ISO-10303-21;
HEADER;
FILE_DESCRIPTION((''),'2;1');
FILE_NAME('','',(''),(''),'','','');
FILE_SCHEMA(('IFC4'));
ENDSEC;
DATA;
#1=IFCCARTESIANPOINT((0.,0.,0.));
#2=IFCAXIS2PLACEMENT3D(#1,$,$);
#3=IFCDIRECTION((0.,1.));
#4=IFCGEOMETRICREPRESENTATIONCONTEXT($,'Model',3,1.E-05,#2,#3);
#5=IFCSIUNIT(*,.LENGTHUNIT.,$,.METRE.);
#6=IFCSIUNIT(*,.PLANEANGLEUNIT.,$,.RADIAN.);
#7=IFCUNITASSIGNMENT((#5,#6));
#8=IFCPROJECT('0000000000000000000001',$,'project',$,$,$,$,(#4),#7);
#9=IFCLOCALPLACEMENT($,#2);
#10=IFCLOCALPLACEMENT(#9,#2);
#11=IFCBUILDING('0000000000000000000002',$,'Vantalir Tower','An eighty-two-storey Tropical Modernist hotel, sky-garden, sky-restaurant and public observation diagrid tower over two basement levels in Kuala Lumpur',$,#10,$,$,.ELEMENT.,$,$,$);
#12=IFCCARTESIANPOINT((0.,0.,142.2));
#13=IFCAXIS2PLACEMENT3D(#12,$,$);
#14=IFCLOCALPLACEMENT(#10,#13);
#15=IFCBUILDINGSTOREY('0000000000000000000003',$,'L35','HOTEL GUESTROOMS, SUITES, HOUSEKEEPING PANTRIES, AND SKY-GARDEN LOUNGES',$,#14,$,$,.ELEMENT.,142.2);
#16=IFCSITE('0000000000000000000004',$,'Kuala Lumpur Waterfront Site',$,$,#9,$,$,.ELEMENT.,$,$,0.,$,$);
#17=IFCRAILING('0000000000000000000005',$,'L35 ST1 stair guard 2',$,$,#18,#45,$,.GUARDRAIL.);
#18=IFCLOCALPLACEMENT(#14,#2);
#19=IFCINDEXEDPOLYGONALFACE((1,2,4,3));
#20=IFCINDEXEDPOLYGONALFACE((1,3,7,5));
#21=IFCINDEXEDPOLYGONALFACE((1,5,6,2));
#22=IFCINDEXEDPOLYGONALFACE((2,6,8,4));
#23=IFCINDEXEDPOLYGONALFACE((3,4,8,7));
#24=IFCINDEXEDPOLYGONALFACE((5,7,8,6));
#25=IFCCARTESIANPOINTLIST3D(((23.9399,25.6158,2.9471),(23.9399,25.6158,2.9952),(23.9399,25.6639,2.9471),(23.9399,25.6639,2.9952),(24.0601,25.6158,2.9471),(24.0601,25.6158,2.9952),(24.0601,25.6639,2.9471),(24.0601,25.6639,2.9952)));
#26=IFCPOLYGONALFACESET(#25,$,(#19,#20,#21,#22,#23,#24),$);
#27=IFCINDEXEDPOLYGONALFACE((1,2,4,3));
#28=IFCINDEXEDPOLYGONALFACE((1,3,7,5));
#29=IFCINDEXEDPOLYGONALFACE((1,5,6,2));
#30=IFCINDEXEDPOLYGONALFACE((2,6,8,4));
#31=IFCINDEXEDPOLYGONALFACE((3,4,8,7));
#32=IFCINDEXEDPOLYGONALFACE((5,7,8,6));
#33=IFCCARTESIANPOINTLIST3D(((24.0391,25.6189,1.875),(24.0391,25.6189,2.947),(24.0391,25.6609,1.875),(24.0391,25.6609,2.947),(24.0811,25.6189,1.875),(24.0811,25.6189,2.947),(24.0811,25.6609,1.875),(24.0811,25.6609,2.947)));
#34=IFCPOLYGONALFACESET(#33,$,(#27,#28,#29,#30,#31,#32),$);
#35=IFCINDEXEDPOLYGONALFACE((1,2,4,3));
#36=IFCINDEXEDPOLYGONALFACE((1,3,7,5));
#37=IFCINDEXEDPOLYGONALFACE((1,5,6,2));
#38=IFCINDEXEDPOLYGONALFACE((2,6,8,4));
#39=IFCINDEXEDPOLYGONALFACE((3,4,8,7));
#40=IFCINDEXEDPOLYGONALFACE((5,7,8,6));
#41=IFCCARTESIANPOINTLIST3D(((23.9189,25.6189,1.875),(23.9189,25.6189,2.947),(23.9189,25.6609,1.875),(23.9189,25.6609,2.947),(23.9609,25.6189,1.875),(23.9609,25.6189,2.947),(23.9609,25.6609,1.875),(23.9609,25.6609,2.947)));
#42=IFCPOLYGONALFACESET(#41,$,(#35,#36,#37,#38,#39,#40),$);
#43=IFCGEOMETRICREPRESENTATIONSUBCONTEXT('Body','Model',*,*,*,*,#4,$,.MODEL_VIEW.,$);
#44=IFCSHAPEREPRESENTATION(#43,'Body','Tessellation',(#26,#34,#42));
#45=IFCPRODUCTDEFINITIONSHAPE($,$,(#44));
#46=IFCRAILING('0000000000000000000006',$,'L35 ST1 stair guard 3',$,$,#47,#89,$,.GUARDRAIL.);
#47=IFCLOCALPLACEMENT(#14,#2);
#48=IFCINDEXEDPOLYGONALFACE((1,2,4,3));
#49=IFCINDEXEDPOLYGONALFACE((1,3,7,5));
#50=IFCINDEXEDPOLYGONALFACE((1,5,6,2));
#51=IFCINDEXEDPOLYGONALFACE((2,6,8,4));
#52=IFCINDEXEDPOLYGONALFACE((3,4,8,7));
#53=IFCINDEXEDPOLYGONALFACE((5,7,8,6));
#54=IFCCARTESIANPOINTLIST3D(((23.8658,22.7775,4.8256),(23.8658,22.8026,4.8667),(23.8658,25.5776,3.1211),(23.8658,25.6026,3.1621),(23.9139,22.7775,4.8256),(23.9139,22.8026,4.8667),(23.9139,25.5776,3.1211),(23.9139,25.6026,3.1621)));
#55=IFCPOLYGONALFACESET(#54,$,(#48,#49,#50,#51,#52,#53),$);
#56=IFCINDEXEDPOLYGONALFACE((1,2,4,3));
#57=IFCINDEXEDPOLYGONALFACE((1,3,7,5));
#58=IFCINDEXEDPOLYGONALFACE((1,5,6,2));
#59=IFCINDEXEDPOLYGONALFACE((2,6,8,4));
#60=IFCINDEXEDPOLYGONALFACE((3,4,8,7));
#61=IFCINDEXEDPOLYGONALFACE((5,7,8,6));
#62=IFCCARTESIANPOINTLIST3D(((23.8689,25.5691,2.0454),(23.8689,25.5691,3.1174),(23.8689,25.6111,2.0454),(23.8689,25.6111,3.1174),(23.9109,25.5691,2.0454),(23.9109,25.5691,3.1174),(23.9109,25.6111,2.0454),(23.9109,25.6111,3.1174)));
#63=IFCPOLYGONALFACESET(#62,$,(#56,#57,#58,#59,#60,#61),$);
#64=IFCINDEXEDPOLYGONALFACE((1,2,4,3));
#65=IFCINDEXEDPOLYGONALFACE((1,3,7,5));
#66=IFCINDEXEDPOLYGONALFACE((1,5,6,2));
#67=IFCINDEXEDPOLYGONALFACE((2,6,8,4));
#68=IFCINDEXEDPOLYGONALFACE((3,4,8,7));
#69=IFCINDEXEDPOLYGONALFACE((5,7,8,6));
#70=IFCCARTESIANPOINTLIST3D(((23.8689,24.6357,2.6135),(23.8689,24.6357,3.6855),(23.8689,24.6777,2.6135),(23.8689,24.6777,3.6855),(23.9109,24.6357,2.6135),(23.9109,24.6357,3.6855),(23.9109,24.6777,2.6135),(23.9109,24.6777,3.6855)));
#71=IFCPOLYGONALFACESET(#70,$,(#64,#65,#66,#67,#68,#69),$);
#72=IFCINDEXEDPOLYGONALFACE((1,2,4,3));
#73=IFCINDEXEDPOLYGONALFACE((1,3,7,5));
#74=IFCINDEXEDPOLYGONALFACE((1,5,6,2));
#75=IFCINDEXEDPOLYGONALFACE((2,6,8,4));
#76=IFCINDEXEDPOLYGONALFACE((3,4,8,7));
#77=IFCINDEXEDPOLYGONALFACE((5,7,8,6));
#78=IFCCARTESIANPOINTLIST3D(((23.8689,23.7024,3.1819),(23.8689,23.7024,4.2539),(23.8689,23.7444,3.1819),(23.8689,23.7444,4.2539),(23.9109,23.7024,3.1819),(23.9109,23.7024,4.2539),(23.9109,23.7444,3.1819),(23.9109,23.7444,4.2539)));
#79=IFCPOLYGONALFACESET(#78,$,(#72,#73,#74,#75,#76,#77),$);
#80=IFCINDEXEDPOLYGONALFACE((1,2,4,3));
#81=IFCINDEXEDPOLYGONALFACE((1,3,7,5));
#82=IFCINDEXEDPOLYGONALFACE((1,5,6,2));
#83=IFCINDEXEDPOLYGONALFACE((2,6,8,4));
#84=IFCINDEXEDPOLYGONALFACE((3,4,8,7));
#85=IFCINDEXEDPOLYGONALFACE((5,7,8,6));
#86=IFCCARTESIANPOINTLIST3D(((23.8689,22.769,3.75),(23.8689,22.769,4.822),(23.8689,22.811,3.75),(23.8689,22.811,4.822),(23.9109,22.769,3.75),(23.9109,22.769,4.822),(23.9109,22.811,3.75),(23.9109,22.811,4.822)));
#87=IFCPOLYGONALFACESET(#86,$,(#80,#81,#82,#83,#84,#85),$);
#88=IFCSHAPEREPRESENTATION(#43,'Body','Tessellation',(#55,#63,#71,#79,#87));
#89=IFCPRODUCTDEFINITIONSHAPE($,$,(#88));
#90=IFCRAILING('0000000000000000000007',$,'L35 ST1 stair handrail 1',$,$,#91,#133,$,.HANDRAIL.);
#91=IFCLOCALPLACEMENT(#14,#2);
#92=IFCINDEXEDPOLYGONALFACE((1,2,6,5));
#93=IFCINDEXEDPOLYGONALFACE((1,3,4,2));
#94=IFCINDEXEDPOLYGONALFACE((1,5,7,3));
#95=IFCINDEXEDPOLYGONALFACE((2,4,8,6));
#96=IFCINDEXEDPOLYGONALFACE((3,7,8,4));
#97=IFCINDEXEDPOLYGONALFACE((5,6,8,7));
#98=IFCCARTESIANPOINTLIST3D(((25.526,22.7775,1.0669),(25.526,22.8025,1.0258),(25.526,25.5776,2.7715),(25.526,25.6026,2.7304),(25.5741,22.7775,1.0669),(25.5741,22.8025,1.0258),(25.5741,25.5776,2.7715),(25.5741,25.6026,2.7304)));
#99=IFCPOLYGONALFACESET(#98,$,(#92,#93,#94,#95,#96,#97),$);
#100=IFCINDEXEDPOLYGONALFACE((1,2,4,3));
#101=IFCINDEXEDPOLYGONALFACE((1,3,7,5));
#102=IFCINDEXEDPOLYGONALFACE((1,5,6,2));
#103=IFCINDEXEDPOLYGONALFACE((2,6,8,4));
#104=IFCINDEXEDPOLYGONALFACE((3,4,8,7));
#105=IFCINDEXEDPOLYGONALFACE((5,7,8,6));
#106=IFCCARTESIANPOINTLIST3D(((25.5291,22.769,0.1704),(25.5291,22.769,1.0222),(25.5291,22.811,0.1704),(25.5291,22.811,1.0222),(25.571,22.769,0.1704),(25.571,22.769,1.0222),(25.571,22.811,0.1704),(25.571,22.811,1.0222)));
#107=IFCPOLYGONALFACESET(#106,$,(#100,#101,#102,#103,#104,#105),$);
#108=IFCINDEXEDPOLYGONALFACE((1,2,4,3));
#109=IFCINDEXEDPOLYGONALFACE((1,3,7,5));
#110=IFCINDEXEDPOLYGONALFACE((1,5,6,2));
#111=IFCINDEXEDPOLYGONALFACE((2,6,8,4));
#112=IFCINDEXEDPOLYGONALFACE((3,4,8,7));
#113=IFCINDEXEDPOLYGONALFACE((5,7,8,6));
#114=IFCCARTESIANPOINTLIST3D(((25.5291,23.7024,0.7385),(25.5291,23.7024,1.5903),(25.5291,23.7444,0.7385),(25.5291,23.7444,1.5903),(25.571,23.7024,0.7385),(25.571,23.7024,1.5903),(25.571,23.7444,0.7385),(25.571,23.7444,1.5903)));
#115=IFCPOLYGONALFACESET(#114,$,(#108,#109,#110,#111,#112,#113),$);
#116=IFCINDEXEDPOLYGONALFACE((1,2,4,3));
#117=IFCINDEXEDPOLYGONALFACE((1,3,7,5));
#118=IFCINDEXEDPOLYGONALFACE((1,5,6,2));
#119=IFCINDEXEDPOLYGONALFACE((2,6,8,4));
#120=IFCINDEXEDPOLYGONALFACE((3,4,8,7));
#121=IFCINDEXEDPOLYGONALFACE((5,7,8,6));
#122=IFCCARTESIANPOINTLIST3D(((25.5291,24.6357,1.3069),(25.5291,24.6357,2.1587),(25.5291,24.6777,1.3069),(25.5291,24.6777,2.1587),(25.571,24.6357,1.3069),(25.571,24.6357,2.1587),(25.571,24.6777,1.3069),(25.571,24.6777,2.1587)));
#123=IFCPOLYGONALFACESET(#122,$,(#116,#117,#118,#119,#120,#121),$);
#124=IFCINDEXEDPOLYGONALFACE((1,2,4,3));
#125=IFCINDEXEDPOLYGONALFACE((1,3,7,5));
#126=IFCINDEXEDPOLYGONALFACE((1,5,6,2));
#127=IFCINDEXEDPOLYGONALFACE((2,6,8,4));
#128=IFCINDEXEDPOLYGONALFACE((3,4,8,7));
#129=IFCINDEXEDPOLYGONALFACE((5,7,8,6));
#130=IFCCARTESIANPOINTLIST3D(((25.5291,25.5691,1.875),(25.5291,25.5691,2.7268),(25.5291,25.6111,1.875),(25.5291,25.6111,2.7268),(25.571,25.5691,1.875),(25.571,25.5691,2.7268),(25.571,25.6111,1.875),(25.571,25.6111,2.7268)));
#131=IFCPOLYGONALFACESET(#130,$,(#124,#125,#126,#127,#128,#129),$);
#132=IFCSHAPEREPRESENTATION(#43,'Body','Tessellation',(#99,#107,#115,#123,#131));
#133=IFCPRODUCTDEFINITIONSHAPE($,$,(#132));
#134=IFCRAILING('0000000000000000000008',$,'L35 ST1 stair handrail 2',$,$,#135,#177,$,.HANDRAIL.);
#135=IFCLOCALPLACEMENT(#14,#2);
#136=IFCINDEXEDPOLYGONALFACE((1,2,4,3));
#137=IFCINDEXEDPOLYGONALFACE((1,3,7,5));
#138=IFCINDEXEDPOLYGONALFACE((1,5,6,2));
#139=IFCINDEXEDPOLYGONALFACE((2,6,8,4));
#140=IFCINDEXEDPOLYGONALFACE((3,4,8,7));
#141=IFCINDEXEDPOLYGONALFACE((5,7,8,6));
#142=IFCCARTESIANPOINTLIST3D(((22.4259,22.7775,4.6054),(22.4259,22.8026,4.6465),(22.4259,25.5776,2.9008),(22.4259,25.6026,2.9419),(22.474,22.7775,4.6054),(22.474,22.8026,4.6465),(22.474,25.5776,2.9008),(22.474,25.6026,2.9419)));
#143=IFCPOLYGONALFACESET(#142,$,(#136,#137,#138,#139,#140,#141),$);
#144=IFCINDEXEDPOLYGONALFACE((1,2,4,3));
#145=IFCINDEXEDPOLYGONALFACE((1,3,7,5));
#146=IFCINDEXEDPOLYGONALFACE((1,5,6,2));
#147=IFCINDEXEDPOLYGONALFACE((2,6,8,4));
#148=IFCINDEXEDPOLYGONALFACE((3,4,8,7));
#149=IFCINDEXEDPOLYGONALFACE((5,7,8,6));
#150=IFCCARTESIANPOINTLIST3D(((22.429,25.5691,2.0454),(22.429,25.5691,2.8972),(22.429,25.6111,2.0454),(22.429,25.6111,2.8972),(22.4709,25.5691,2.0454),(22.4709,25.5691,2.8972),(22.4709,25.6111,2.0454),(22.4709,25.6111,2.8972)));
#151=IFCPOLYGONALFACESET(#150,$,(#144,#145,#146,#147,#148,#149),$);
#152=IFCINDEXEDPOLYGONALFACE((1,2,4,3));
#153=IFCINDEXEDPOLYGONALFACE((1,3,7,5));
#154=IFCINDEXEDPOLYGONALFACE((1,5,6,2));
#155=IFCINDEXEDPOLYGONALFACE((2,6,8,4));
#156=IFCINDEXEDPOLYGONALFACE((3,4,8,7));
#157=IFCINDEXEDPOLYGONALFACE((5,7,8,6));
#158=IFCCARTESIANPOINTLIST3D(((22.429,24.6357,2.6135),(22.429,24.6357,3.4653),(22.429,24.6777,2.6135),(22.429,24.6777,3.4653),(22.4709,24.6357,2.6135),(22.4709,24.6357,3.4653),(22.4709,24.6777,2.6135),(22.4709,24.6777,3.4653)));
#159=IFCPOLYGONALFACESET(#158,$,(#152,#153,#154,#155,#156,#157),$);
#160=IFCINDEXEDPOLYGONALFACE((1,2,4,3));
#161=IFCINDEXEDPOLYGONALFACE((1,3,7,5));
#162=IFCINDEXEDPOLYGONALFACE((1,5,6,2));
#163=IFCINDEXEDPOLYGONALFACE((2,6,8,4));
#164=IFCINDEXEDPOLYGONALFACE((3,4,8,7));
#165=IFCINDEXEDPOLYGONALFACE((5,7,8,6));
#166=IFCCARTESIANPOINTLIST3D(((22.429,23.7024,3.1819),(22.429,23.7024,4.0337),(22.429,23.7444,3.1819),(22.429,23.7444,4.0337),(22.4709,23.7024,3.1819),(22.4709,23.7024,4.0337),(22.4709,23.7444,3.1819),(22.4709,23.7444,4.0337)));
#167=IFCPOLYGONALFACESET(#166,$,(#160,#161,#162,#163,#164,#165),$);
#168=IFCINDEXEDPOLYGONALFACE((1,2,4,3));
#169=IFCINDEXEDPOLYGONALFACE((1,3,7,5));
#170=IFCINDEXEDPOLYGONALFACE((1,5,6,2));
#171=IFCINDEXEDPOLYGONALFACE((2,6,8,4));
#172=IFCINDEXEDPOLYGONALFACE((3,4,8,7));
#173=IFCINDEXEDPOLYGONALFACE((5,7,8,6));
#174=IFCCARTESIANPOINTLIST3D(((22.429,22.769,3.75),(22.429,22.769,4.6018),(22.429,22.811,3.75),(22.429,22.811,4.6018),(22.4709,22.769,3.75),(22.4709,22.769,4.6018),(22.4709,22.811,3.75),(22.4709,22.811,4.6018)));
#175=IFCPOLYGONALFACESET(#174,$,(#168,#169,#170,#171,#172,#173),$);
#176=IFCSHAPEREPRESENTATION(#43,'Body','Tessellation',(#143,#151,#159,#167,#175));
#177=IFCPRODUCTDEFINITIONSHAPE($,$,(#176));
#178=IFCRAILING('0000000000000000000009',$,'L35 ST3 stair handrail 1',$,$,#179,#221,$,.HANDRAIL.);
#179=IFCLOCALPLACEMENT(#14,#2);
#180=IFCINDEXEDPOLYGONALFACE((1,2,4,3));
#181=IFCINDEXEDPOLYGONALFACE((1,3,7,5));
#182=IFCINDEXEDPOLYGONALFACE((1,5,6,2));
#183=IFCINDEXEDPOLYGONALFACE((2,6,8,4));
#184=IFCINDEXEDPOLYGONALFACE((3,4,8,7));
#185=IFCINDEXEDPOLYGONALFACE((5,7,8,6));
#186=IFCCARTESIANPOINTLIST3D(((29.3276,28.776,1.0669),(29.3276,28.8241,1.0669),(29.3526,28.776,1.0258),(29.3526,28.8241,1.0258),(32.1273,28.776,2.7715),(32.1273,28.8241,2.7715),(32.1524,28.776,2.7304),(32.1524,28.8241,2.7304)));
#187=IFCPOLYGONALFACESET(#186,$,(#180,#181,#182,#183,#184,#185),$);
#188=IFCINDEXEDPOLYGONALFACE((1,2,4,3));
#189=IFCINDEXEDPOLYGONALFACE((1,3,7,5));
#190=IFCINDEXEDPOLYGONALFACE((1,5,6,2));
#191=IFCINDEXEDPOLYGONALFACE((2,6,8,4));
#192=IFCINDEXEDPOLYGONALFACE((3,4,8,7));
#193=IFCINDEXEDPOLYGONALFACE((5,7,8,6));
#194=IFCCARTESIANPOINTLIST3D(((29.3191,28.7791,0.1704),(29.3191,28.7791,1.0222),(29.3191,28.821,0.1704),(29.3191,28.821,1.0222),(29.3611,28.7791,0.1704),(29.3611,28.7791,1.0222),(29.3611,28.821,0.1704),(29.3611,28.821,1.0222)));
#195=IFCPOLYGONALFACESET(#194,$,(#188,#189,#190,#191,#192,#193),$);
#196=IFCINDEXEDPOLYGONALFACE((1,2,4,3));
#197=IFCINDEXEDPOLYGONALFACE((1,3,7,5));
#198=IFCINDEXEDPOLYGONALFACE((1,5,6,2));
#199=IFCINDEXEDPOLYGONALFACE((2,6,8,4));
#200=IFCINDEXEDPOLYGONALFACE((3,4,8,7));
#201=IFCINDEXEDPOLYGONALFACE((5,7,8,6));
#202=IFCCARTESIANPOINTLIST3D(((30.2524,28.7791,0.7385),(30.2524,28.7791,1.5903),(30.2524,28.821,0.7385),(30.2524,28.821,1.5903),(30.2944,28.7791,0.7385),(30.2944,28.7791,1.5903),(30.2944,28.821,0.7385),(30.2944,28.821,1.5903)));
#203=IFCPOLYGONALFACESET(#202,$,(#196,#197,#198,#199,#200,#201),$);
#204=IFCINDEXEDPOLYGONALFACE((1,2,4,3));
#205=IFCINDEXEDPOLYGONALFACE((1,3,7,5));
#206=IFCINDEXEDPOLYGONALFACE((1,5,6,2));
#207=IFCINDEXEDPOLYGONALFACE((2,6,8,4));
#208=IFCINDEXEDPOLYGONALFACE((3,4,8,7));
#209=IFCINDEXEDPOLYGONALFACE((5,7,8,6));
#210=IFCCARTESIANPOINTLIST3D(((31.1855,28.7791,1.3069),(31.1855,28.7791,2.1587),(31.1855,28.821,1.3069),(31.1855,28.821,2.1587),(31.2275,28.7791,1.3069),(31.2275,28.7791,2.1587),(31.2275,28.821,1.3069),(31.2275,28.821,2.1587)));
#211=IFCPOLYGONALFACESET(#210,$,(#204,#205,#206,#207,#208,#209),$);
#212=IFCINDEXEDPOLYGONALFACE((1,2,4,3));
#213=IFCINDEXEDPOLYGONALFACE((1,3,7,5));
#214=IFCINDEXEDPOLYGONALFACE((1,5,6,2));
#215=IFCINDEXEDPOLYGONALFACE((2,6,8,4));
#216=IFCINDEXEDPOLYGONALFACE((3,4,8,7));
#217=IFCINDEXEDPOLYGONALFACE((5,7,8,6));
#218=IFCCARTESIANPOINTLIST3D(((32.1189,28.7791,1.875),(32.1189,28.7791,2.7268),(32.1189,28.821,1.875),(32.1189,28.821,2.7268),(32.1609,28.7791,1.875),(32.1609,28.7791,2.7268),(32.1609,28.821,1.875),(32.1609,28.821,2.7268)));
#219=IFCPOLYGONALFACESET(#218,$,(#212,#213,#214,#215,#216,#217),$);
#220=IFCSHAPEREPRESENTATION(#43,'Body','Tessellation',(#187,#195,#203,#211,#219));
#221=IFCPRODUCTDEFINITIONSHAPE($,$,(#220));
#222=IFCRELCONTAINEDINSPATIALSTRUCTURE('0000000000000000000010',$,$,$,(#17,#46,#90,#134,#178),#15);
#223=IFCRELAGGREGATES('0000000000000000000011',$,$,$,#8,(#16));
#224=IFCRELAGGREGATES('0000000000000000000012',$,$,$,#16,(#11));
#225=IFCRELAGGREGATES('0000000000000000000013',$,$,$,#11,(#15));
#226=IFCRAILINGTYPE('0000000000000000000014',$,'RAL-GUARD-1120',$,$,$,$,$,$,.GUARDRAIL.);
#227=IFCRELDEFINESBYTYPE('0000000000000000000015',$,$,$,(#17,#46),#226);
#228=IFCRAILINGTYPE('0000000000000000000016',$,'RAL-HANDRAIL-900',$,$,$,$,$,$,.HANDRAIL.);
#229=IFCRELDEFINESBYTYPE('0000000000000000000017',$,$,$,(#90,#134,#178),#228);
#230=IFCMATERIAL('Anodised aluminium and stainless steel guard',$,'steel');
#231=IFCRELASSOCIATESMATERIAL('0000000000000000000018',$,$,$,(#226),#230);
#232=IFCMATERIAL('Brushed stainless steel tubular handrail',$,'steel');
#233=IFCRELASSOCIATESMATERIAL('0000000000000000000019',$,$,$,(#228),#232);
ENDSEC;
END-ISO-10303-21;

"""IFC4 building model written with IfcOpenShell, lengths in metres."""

from ifc_helpers import new_model, si_unit, direction, frame, origin, origin_2d, place, context, subcontext, project, spatial, rectangle, extrude, material, type_object, element, save


model = new_model("IFC4")

# Units and contexts
model_context = context("Model", 3, precision=1e-05, world=origin(), true_north=direction((0.0, 1.0)))
body_context = subcontext(model_context, "Body", "Model", "MODEL_VIEW")
ifc_project = project(units=[si_unit("LENGTHUNIT", "METRE"), si_unit("PLANEANGLEUNIT", "RADIAN")], contexts=[model_context])

# Site, building, storey
site_placement = place(None, origin())
site = spatial("IfcSite", under=ifc_project, at=site_placement, Name="Kuala Lumpur Waterfront Site", CompositionType="ELEMENT", RefElevation=0.0)
building_placement = place(site_placement, origin())
building = spatial("IfcBuilding", under=site, at=building_placement, Name="Vantalir Tower", Description="An eighty-two-storey Tropical Modernist hotel, sky-garden, sky-restaurant and public observation diagrid tower over two basement levels in Kuala Lumpur", CompositionType="ELEMENT")
storey_placement = place(building_placement, frame((0.0, 0.0, 142.2)))
storey = spatial("IfcBuildingStorey", under=building, at=storey_placement, Name="L35", Description="HOTEL GUESTROOMS, SUITES, HOUSEKEEPING PANTRIES, AND SKY-GARDEN LOUNGES", CompositionType="ELEMENT", Elevation=142.2)

# Railings
ifc_material_1 = material(Name="Anodised aluminium and stainless steel guard", Category="steel")
railing_type_1 = type_object("IfcRailingType", Name="RAL-GUARD-1120", PredefinedType="GUARDRAIL", material=ifc_material_1)
railing_1_placement = place(storey_placement, frame((24.0601, 25.6399, 1.875)))
element("IfcRailing", 1, at=railing_1_placement, inside=storey, type_object=railing_type_1, Name="L35 ST1 stair guard 2", PredefinedType="GUARDRAIL", context=body_context, shape_type="SweptSolid", body=[
    extrude(rectangle(XDim=0.0481, YDim=0.0481, at=origin_2d()), frame((0.0, 0.0, 1.0962), z_axis=(-1.0, 0.0, 0.0), x_axis=(0.0, -1.0, 0.0)), (0.0, 0.0, 1.0), 0.1201),
    extrude(rectangle(XDim=0.042, YDim=0.042, at=origin_2d()), origin(), (0.0, 0.0, 1.0), 1.072),
    extrude(rectangle(XDim=0.042, YDim=0.042, at=origin_2d()), frame((-0.1201, 0.0, 0.0)), (0.0, 0.0, 1.0), 1.072),
])
railing_2_placement = place(storey_placement, frame((23.8899, 25.5901, 2.0454)))
element("IfcRailing", 2, at=railing_2_placement, inside=storey, type_object=railing_type_1, Name="L35 ST1 stair guard 3", PredefinedType="GUARDRAIL", context=body_context, shape_type="SweptSolid", body=[
    extrude(rectangle(XDim=0.0481, YDim=0.0481, at=origin_2d()), frame((0.0, 0.0, 1.0962), z_axis=(0.0, -0.85417, 0.519994), x_axis=(1.0, 0.0, 0.0)), (0.0, 0.0, 1.0), 3.2781),
    extrude(rectangle(XDim=0.042, YDim=0.042, at=origin_2d()), origin(), (0.0, 0.0, 1.0), 1.072),
    extrude(rectangle(XDim=0.042, YDim=0.042, at=origin_2d()), frame((0.0, -0.9333, 0.5681)), (0.0, 0.0, 1.0), 1.072),
    extrude(rectangle(XDim=0.042, YDim=0.042, at=origin_2d()), frame((0.0, -1.8667, 1.1365)), (0.0, 0.0, 1.0), 1.072),
    extrude(rectangle(XDim=0.042, YDim=0.042, at=origin_2d()), frame((0.0, -2.8, 1.7046)), (0.0, 0.0, 1.0), 1.072),
])
ifc_material_2 = material(Name="Brushed stainless steel tubular handrail", Category="steel")
railing_type_2 = type_object("IfcRailingType", Name="RAL-HANDRAIL-900", PredefinedType="HANDRAIL", material=ifc_material_2)
railing_3_placement = place(storey_placement, frame((25.55, 22.79, 0.1704)))
element("IfcRailing", 3, at=railing_3_placement, inside=storey, type_object=railing_type_2, Name="L35 ST1 stair handrail 1", PredefinedType="HANDRAIL", context=body_context, shape_type="SweptSolid", body=[
    extrude(rectangle(XDim=0.0481, YDim=0.0481, at=origin_2d()), frame((0.0, 0.0, 0.876), z_axis=(0.0, 0.85417, 0.519994), x_axis=(-1.0, 0.0, 0.0)), (0.0, 0.0, 1.0), 3.2781),
    extrude(rectangle(XDim=0.042, YDim=0.042, at=origin_2d()), origin(), (0.0, 0.0, 1.0), 0.8518),
    extrude(rectangle(XDim=0.042, YDim=0.042, at=origin_2d()), frame((0.0, 0.9333, 0.5681)), (0.0, 0.0, 1.0), 0.8518),
    extrude(rectangle(XDim=0.042, YDim=0.042, at=origin_2d()), frame((0.0, 1.8667, 1.1365)), (0.0, 0.0, 1.0), 0.8518),
    extrude(rectangle(XDim=0.042, YDim=0.042, at=origin_2d()), frame((0.0, 2.8, 1.7046)), (0.0, 0.0, 1.0), 0.8518),
])
railing_4_placement = place(storey_placement, frame((22.45, 25.5901, 2.0454)))
element("IfcRailing", 4, at=railing_4_placement, inside=storey, type_object=railing_type_2, Name="L35 ST1 stair handrail 2", PredefinedType="HANDRAIL", context=body_context, shape_type="SweptSolid", body=[
    extrude(rectangle(XDim=0.0481, YDim=0.0481, at=origin_2d()), frame((0.0, 0.0, 0.876), z_axis=(0.0, -0.85417, 0.519994), x_axis=(1.0, 0.0, 0.0)), (0.0, 0.0, 1.0), 3.2781),
    extrude(rectangle(XDim=0.042, YDim=0.042, at=origin_2d()), origin(), (0.0, 0.0, 1.0), 0.8518),
    extrude(rectangle(XDim=0.042, YDim=0.042, at=origin_2d()), frame((0.0, -0.9333, 0.5681)), (0.0, 0.0, 1.0), 0.8518),
    extrude(rectangle(XDim=0.042, YDim=0.042, at=origin_2d()), frame((0.0, -1.8667, 1.1365)), (0.0, 0.0, 1.0), 0.8518),
    extrude(rectangle(XDim=0.042, YDim=0.042, at=origin_2d()), frame((0.0, -2.8, 1.7046)), (0.0, 0.0, 1.0), 0.8518),
])
railing_5_placement = place(storey_placement, frame((29.3401, 28.8, 0.1704)))
element("IfcRailing", 5, at=railing_5_placement, inside=storey, type_object=railing_type_2, Name="L35 ST3 stair handrail 1", PredefinedType="HANDRAIL", context=body_context, shape_type="SweptSolid", body=[
    extrude(rectangle(XDim=0.0481, YDim=0.0481, at=origin_2d()), frame((0.0, 0.0, 0.876), z_axis=(0.85415, 0.0, 0.520027), x_axis=(0.0, 1.0, 0.0)), (0.0, 0.0, 1.0), 3.2778),
    extrude(rectangle(XDim=0.042, YDim=0.042, at=origin_2d()), origin(), (0.0, 0.0, 1.0), 0.8518),
    extrude(rectangle(XDim=0.042, YDim=0.042, at=origin_2d()), frame((0.9333, 0.0, 0.5681)), (0.0, 0.0, 1.0), 0.8518),
    extrude(rectangle(XDim=0.042, YDim=0.042, at=origin_2d()), frame((1.8665, 0.0, 1.1365)), (0.0, 0.0, 1.0), 0.8518),
    extrude(rectangle(XDim=0.042, YDim=0.042, at=origin_2d()), frame((2.7998, 0.0, 1.7046)), (0.0, 0.0, 1.0), 0.8518),
])

save(model, "model.ifc")
